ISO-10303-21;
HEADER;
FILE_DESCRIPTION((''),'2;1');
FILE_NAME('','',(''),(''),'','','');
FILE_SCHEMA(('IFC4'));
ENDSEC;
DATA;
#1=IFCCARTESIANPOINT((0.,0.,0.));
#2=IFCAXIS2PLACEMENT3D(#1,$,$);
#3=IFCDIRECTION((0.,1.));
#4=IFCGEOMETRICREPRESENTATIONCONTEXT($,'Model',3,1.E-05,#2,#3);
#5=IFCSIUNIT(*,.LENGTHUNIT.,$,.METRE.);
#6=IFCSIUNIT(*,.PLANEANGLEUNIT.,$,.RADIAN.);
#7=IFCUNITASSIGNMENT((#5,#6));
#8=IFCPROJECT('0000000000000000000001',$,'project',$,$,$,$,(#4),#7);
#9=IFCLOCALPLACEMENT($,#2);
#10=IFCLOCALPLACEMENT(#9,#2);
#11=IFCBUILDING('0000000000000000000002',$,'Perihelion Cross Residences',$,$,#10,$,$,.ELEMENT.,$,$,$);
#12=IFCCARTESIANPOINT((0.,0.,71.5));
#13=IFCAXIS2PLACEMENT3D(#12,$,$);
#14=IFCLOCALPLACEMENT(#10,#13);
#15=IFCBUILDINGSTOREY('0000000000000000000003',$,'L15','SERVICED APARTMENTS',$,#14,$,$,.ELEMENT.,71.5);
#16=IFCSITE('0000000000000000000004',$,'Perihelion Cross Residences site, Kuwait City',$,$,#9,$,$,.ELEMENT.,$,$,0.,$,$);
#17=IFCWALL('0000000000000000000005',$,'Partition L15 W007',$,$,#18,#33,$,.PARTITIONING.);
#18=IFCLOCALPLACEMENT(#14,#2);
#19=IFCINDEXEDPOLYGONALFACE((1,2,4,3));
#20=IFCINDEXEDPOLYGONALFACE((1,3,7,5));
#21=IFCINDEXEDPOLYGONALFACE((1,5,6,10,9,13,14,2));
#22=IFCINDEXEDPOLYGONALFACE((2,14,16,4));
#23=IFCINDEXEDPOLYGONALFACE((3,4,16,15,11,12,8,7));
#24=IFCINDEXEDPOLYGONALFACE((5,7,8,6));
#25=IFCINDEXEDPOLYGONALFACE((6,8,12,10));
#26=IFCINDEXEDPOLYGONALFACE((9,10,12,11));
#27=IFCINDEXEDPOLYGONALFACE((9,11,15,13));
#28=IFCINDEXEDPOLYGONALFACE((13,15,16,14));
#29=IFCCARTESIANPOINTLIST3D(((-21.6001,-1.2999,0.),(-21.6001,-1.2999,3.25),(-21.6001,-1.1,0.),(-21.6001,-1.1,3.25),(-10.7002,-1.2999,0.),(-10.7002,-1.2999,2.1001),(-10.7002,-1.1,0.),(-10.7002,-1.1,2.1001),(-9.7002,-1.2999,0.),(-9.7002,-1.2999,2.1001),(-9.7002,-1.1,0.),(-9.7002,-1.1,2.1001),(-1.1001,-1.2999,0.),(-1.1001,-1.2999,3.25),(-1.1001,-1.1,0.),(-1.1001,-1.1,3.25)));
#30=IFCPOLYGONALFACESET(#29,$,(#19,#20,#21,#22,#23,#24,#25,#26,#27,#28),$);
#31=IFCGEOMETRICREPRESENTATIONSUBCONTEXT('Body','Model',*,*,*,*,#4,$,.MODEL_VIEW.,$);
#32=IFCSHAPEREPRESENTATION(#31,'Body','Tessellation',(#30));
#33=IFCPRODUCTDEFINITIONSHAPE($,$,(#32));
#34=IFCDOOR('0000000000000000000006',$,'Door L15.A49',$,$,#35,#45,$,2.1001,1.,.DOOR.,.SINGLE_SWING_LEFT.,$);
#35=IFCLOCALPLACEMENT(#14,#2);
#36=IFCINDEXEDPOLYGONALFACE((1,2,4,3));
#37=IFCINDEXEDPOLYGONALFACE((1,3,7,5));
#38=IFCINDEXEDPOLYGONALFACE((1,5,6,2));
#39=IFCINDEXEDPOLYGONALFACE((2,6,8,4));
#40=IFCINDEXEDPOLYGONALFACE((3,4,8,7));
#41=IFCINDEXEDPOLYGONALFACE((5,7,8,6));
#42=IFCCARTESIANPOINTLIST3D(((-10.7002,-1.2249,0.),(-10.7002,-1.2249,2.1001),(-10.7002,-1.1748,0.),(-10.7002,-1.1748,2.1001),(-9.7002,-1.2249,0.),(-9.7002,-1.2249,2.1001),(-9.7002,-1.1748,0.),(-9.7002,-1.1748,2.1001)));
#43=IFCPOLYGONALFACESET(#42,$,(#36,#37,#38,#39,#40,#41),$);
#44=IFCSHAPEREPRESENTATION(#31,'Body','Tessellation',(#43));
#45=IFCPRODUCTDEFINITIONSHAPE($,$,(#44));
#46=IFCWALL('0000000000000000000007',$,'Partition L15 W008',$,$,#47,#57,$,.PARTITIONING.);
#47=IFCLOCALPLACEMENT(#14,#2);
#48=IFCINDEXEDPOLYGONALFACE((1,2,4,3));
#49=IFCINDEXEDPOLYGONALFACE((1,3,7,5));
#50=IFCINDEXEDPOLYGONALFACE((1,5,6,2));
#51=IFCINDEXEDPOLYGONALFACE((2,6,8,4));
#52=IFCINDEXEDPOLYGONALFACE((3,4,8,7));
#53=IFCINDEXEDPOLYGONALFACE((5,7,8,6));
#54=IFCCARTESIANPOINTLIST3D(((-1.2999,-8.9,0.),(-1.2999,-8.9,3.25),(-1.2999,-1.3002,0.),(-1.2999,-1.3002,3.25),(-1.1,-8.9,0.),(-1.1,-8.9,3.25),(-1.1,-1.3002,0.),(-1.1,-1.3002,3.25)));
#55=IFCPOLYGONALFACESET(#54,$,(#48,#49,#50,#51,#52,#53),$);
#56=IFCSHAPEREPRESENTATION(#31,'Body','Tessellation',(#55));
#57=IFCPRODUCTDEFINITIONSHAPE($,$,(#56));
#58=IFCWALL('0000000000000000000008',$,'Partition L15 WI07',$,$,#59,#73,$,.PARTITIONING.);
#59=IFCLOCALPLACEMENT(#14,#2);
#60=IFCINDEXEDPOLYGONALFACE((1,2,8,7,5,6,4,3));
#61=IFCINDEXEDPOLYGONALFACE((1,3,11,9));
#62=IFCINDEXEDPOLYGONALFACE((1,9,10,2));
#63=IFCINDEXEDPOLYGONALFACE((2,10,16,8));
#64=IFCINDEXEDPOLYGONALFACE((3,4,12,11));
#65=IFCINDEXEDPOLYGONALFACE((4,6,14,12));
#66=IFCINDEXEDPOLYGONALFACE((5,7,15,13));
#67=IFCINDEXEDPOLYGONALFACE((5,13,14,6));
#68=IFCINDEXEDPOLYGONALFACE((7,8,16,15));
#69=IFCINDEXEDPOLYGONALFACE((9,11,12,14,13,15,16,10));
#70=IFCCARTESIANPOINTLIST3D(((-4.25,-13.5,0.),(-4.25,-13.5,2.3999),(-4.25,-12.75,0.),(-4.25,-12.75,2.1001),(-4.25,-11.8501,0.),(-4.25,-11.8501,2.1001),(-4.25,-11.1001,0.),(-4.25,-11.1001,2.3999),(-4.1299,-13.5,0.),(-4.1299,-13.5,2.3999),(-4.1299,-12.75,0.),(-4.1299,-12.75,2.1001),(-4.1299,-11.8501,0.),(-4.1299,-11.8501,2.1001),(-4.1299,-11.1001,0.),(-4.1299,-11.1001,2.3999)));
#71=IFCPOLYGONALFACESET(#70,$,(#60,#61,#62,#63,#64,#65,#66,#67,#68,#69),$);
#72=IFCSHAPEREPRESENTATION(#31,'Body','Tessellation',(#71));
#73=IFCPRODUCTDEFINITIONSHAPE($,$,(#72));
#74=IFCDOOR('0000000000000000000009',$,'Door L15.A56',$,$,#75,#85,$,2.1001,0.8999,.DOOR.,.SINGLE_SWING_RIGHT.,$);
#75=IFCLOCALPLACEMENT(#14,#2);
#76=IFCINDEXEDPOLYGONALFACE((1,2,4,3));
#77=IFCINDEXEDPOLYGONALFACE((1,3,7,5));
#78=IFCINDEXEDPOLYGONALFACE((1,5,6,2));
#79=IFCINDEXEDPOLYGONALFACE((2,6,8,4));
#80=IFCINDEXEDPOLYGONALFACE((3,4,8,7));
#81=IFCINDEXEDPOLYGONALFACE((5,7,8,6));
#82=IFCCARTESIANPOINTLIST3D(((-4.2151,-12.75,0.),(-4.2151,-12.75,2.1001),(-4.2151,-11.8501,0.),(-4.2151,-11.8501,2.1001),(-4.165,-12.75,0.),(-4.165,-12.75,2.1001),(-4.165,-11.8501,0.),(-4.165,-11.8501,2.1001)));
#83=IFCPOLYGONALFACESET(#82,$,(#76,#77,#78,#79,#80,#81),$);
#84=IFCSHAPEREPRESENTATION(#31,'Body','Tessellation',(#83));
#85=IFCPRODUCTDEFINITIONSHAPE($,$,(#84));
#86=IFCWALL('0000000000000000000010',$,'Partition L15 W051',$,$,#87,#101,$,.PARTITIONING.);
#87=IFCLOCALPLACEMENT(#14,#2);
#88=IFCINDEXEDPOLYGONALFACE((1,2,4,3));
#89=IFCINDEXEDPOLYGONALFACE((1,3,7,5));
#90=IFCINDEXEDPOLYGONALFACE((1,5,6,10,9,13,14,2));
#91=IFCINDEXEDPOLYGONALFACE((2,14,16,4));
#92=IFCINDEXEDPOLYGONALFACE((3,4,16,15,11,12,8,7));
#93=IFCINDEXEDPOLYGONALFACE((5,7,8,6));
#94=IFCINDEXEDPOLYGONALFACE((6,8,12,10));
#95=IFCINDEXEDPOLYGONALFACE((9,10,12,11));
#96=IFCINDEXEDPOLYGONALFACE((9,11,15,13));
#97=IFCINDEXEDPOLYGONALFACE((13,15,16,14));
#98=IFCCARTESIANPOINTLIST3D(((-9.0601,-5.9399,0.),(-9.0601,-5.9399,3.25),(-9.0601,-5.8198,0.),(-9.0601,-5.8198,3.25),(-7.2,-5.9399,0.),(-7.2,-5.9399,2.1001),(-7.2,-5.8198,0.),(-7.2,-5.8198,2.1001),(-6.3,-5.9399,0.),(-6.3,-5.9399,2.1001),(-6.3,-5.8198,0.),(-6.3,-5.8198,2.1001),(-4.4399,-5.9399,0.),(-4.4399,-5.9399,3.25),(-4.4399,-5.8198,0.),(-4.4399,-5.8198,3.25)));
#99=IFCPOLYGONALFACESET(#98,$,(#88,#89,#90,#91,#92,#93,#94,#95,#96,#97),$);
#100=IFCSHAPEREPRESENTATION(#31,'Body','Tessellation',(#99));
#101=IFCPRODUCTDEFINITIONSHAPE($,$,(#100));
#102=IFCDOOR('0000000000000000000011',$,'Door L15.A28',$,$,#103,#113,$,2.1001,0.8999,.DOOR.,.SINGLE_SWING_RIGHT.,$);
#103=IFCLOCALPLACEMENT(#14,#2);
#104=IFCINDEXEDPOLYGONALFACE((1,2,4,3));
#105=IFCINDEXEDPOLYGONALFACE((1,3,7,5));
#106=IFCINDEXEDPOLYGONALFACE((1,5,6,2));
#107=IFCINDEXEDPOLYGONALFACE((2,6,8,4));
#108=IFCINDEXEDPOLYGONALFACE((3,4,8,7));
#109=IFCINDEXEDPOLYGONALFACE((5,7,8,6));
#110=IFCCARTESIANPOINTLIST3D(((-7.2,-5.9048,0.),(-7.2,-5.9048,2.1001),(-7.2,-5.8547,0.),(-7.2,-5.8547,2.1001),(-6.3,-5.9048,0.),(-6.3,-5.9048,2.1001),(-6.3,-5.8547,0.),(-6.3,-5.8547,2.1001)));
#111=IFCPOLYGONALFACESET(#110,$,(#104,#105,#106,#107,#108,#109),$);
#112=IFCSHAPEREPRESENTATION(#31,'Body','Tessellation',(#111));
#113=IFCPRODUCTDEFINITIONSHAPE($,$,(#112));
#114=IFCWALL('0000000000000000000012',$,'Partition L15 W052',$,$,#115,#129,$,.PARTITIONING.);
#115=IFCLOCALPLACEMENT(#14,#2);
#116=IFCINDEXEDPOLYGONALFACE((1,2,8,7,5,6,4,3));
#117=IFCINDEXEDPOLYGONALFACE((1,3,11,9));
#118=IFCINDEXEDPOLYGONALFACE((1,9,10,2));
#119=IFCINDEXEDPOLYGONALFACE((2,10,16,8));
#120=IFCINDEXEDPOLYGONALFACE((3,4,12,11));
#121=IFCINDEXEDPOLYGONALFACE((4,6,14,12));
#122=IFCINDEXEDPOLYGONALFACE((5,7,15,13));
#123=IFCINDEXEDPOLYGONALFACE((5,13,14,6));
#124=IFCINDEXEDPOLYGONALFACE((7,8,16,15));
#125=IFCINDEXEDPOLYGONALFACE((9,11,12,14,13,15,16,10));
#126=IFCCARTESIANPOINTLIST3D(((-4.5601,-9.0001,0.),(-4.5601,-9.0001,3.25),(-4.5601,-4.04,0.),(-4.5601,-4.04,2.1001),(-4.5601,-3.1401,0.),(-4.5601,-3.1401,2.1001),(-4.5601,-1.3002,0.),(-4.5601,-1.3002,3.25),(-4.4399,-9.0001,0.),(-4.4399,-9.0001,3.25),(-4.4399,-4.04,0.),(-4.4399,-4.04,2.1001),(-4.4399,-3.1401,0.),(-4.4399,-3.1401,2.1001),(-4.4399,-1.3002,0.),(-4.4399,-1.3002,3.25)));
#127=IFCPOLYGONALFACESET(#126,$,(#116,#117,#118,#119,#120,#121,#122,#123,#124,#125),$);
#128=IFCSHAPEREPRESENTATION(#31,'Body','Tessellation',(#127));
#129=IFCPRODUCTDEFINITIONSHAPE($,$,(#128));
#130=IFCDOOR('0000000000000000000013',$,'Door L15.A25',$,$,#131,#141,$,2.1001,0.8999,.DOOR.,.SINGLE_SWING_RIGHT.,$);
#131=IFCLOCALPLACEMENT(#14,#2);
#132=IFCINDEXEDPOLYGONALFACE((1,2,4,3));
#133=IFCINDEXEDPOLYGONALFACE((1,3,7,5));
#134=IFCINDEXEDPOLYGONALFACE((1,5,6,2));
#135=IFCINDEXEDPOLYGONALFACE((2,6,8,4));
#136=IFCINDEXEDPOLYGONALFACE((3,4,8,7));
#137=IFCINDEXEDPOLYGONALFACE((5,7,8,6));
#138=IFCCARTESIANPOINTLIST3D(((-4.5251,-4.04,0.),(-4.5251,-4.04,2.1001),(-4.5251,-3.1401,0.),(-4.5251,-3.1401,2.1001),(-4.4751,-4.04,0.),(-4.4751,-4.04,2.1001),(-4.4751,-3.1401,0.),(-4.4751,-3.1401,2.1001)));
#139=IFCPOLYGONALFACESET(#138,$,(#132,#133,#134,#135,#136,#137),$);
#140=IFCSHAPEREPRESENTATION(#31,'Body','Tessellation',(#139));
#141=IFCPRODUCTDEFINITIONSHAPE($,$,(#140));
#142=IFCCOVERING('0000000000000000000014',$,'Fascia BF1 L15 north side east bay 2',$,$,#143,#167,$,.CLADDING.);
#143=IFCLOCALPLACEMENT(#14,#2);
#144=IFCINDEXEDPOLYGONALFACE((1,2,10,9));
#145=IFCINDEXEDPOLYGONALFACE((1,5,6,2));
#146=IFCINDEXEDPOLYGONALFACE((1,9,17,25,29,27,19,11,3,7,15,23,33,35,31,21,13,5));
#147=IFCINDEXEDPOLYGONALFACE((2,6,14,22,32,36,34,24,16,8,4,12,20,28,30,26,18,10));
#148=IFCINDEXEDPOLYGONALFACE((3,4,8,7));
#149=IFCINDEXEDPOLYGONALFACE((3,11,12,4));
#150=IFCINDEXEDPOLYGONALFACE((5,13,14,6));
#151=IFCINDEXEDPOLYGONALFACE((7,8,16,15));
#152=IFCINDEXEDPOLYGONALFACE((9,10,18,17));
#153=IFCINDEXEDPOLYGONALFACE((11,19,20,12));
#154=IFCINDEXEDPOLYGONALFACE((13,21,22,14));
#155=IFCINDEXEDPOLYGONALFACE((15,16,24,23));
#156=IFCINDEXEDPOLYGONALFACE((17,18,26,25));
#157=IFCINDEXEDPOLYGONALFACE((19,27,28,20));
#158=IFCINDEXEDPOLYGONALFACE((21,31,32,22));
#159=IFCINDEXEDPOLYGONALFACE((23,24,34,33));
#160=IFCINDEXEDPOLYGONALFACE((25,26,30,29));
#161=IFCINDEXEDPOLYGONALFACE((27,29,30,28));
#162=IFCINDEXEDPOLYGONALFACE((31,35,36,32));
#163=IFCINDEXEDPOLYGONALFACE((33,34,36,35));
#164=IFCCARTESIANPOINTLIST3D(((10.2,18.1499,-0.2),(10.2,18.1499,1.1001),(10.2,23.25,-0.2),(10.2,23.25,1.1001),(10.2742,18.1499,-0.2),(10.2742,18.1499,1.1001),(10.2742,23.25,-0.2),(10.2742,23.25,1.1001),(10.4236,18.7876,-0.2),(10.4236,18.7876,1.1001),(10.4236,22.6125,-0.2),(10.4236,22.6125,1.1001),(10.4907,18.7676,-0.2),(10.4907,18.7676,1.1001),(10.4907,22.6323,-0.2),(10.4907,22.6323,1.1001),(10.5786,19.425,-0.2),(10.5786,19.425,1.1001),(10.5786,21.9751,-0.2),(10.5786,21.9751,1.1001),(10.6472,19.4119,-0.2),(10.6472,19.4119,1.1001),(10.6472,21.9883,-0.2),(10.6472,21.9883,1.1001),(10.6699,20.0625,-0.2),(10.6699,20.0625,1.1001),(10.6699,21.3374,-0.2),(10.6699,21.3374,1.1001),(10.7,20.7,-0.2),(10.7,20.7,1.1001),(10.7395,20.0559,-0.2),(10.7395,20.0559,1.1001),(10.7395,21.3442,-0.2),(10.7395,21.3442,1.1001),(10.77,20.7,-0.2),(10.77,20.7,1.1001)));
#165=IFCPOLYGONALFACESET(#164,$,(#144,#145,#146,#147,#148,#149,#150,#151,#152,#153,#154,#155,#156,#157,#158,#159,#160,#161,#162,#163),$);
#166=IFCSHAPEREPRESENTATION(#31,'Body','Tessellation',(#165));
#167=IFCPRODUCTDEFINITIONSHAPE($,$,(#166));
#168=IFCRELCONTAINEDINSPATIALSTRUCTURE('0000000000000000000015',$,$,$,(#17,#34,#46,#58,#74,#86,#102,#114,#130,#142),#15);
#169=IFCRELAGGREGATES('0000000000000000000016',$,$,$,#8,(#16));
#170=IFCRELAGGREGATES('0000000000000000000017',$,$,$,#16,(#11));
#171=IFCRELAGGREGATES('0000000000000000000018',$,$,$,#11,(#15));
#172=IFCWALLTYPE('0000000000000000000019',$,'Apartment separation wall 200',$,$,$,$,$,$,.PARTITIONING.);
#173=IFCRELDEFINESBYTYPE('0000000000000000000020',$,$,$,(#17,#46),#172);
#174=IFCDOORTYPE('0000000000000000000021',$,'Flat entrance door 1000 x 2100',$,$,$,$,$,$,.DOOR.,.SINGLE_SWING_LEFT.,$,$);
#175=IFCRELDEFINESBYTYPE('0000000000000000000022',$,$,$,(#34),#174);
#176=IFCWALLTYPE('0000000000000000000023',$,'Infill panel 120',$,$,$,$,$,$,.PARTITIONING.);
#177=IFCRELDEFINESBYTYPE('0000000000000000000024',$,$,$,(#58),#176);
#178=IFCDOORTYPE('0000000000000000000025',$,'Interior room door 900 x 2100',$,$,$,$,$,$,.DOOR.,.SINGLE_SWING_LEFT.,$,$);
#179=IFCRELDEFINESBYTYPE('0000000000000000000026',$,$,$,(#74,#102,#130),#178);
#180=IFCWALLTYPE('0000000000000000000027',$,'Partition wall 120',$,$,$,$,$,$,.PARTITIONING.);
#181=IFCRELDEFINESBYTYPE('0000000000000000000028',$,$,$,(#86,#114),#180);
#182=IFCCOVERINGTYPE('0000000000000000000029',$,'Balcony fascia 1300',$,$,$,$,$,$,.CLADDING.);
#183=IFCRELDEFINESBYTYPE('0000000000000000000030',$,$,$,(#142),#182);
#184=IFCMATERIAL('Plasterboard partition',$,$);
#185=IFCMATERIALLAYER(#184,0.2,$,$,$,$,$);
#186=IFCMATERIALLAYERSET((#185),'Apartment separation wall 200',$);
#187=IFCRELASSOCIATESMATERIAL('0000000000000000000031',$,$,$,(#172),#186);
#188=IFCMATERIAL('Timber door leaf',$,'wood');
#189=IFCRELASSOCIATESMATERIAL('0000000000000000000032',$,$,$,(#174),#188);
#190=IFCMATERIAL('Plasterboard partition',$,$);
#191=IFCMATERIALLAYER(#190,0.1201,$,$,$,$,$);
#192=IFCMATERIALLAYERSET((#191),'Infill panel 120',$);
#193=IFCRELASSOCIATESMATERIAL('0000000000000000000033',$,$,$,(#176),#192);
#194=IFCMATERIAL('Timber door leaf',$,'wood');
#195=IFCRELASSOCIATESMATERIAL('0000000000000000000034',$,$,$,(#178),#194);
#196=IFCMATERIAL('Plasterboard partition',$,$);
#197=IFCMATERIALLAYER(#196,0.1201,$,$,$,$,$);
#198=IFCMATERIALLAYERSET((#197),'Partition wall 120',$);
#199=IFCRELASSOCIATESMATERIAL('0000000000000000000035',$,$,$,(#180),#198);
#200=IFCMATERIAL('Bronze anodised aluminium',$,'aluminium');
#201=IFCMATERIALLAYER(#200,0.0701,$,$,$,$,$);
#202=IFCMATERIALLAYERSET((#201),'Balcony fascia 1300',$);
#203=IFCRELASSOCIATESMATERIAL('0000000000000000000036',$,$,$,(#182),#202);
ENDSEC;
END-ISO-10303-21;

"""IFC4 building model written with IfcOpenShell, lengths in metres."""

from ifc_helpers import new_model, si_unit, direction, frame, frame_2d, origin, place, context, subcontext, project, spatial, polyline, rectangle, outline, extrude, material, layer, layer_set, type_object, element, fill, save


model = new_model("IFC4")

# Units and contexts
model_context = context("Model", 3, precision=1e-05, world=origin(), true_north=direction((0.0, 1.0)))
body_context = subcontext(model_context, "Body", "Model", "MODEL_VIEW")
ifc_project = project(units=[si_unit("LENGTHUNIT", "METRE"), si_unit("PLANEANGLEUNIT", "RADIAN")], contexts=[model_context])

# Site, building, storey
site_placement = place(None, origin())
site = spatial("IfcSite", under=ifc_project, at=site_placement, Name="Perihelion Cross Residences site, Kuwait City", CompositionType="ELEMENT", RefElevation=0.0)
building_placement = place(site_placement, origin())
building = spatial("IfcBuilding", under=site, at=building_placement, Name="Perihelion Cross Residences", CompositionType="ELEMENT")
storey_placement = place(building_placement, frame((0.0, 0.0, 71.5)))
storey = spatial("IfcBuildingStorey", under=building, at=storey_placement, Name="L15", Description="SERVICED APARTMENTS", CompositionType="ELEMENT", Elevation=71.5)

# Wall, opening, door
ifc_material_1 = material(Name="Plasterboard partition")
ifc_layer_1 = layer(ifc_material_1, 0.2)
ifc_layer_set_1 = layer_set([ifc_layer_1], Name="Apartment separation wall 200")
wall_type_1 = type_object("IfcWallType", Name="Apartment separation wall 200", PredefinedType="PARTITIONING", material=ifc_layer_set_1)
wall_1_placement = place(storey_placement, frame((-1.1001, -1.2, 0.0), z_axis=(0.0, 0.0, 1.0), x_axis=(-1.0, 0.0, 0.0)))
wall_1 = element("IfcWall", 1, at=wall_1_placement, inside=storey, type_object=wall_type_1, Name="Partition L15 W007", PredefinedType="PARTITIONING", context=body_context, shape_type="SweptSolid", body=[
    extrude(rectangle(XDim=20.5, YDim=0.2, at=frame_2d((10.25, 0.0))), origin(), (0.0, 0.0, 1.0), 3.25),
])
opening_1_placement = place(wall_1_placement, frame((8.6001, 0.0, 0.0)))
opening_1 = element("IfcOpeningElement", 2, at=opening_1_placement, cuts=wall_1, PredefinedType="OPENING", context=body_context, shape_type="SweptSolid", body=[
    extrude(rectangle(XDim=1.0, YDim=2.1001, at=frame_2d((0.5, 1.05))), frame((0.0, 0.1099, 0.0), z_axis=(0.0, -1.0, 0.0), x_axis=(1.0, 0.0, 0.0)), (0.0, 0.0, 1.0), 0.22),
])
ifc_material_2 = material(Name="Timber door leaf", Category="wood")
door_type_1 = type_object("IfcDoorType", Name="Flat entrance door 1000 x 2100", OperationType="SINGLE_SWING_LEFT", PredefinedType="DOOR", material=ifc_material_2)
door_1_placement = place(opening_1_placement, origin())
door_1 = element("IfcDoor", 3, at=door_1_placement, inside=storey, type_object=door_type_1, Name="Door L15.A49", OperationType="SINGLE_SWING_LEFT", OverallHeight=2.1001, OverallWidth=1.0, PredefinedType="DOOR", context=body_context, shape_type="SweptSolid", body=[
    extrude(rectangle(XDim=1.0, YDim=2.1001, at=frame_2d((0.5, 1.05))), frame((0.0, 0.0249, 0.0), z_axis=(0.0, -1.0, 0.0), x_axis=(1.0, 0.0, 0.0)), (0.0, 0.0, 1.0), 0.05),
])
fill(opening_1, door_1)

# Wall
wall_2_placement = place(storey_placement, frame((-1.2, -8.8999, 0.0), z_axis=(0.0, 0.0, 1.0), x_axis=(0.0, 1.0, 0.0)))
element("IfcWall", 4, at=wall_2_placement, inside=storey, type_object=wall_type_1, Name="Partition L15 W008", PredefinedType="PARTITIONING", context=body_context, shape_type="SweptSolid", body=[
    extrude(rectangle(XDim=7.5999, YDim=0.2, at=frame_2d((3.7998, 0.0))), origin(), (0.0, 0.0, 1.0), 3.25),
])

# Walls, openings, doors
ifc_material_3 = material(Name="Plasterboard partition")
ifc_layer_2 = layer(ifc_material_3, 0.1201)
ifc_layer_set_2 = layer_set([ifc_layer_2], Name="Infill panel 120")
wall_type_2 = type_object("IfcWallType", Name="Infill panel 120", PredefinedType="PARTITIONING", material=ifc_layer_set_2)
wall_3_placement = place(storey_placement, frame((-4.1899, -11.1001, 0.0), z_axis=(0.0, 0.0, 1.0), x_axis=(0.0, -1.0, 0.0)))
wall_3 = element("IfcWall", 5, at=wall_3_placement, inside=storey, type_object=wall_type_2, Name="Partition L15 WI07", PredefinedType="PARTITIONING", context=body_context, shape_type="SweptSolid", body=[
    extrude(rectangle(XDim=2.3999, YDim=0.1201, at=frame_2d((1.2, 0.0))), origin(), (0.0, 0.0, 1.0), 2.3999),
])
opening_2_placement = place(wall_3_placement, frame((0.75, 0.0, 0.0)))
opening_2 = element("IfcOpeningElement", 6, at=opening_2_placement, cuts=wall_3, PredefinedType="OPENING", context=body_context, shape_type="SweptSolid", body=[
    extrude(rectangle(XDim=0.8999, YDim=2.1001, at=frame_2d((0.45, 1.05))), frame((0.0, 0.0701, 0.0), z_axis=(0.0, -1.0, 0.0), x_axis=(1.0, 0.0, 0.0)), (0.0, 0.0, 1.0), 0.1401),
])
ifc_material_4 = material(Name="Timber door leaf", Category="wood")
door_type_2 = type_object("IfcDoorType", Name="Interior room door 900 x 2100", OperationType="SINGLE_SWING_LEFT", PredefinedType="DOOR", material=ifc_material_4)
door_2_placement = place(opening_2_placement, origin())
door_2 = element("IfcDoor", 7, at=door_2_placement, inside=storey, type_object=door_type_2, Name="Door L15.A56", OperationType="SINGLE_SWING_RIGHT", OverallHeight=2.1001, OverallWidth=0.8999, PredefinedType="DOOR", context=body_context, shape_type="SweptSolid", body=[
    extrude(rectangle(XDim=0.8999, YDim=2.1001, at=frame_2d((0.45, 1.05))), frame((0.0, 0.0249, 0.0), z_axis=(0.0, -1.0, 0.0), x_axis=(1.0, 0.0, 0.0)), (0.0, 0.0, 1.0), 0.05),
])
fill(opening_2, door_2)
ifc_material_5 = material(Name="Plasterboard partition")
ifc_layer_3 = layer(ifc_material_5, 0.1201)
ifc_layer_set_3 = layer_set([ifc_layer_3], Name="Partition wall 120")
wall_type_3 = type_object("IfcWallType", Name="Partition wall 120", PredefinedType="PARTITIONING", material=ifc_layer_set_3)
wall_4_placement = place(storey_placement, frame((-4.4399, -5.8799, 0.0), z_axis=(0.0, 0.0, 1.0), x_axis=(-1.0, 0.0, 0.0)))
wall_4 = element("IfcWall", 8, at=wall_4_placement, inside=storey, type_object=wall_type_3, Name="Partition L15 W051", PredefinedType="PARTITIONING", context=body_context, shape_type="SweptSolid", body=[
    extrude(rectangle(XDim=4.6201, YDim=0.1201, at=frame_2d((2.3101, 0.0))), origin(), (0.0, 0.0, 1.0), 3.25),
])
opening_3_placement = place(wall_4_placement, frame((1.8601, 0.0, 0.0)))
opening_3 = element("IfcOpeningElement", 9, at=opening_3_placement, cuts=wall_4, PredefinedType="OPENING", context=body_context, shape_type="SweptSolid", body=[
    extrude(rectangle(XDim=0.8999, YDim=2.1001, at=frame_2d((0.45, 1.05))), frame((0.0, 0.0701, 0.0), z_axis=(0.0, -1.0, 0.0), x_axis=(1.0, 0.0, 0.0)), (0.0, 0.0, 1.0), 0.1401),
])
door_3_placement = place(opening_3_placement, origin())
door_3 = element("IfcDoor", 10, at=door_3_placement, inside=storey, type_object=door_type_2, Name="Door L15.A28", OperationType="SINGLE_SWING_RIGHT", OverallHeight=2.1001, OverallWidth=0.8999, PredefinedType="DOOR", context=body_context, shape_type="SweptSolid", body=[
    extrude(rectangle(XDim=0.8999, YDim=2.1001, at=frame_2d((0.45, 1.05))), frame((0.0, 0.0249, 0.0), z_axis=(0.0, -1.0, 0.0), x_axis=(1.0, 0.0, 0.0)), (0.0, 0.0, 1.0), 0.05),
])
fill(opening_3, door_3)
wall_5_placement = place(storey_placement, frame((-4.5, -1.3, 0.0), z_axis=(0.0, 0.0, 1.0), x_axis=(0.0, -1.0, 0.0)))
wall_5 = element("IfcWall", 11, at=wall_5_placement, inside=storey, type_object=wall_type_3, Name="Partition L15 W052", PredefinedType="PARTITIONING", context=body_context, shape_type="SweptSolid", body=[
    extrude(rectangle(XDim=7.7, YDim=0.1201, at=frame_2d((3.8501, 0.0))), origin(), (0.0, 0.0, 1.0), 3.25),
])
opening_4_placement = place(wall_5_placement, frame((1.8401, 0.0, 0.0)))
opening_4 = element("IfcOpeningElement", 12, at=opening_4_placement, cuts=wall_5, PredefinedType="OPENING", context=body_context, shape_type="SweptSolid", body=[
    extrude(rectangle(XDim=0.8999, YDim=2.1001, at=frame_2d((0.45, 1.05))), frame((0.0, 0.0701, 0.0), z_axis=(0.0, -1.0, 0.0), x_axis=(1.0, 0.0, 0.0)), (0.0, 0.0, 1.0), 0.1401),
])
door_4_placement = place(opening_4_placement, origin())
door_4 = element("IfcDoor", 13, at=door_4_placement, inside=storey, type_object=door_type_2, Name="Door L15.A25", OperationType="SINGLE_SWING_RIGHT", OverallHeight=2.1001, OverallWidth=0.8999, PredefinedType="DOOR", context=body_context, shape_type="SweptSolid", body=[
    extrude(rectangle(XDim=0.8999, YDim=2.1001, at=frame_2d((0.45, 1.05))), frame((0.0, 0.0249, 0.0), z_axis=(0.0, -1.0, 0.0), x_axis=(1.0, 0.0, 0.0)), (0.0, 0.0, 1.0), 0.05),
])
fill(opening_4, door_4)

# Covering
ifc_material_6 = material(Name="Bronze anodised aluminium", Category="aluminium")
ifc_layer_4 = layer(ifc_material_6, 0.0701)
ifc_layer_set_4 = layer_set([ifc_layer_4], Name="Balcony fascia 1300")
covering_type = type_object("IfcCoveringType", Name="Balcony fascia 1300", PredefinedType="CLADDING", material=ifc_layer_set_4)
covering_1_placement = place(storey_placement, frame((0.0, 0.0, -0.2)))
element("IfcCovering", 14, at=covering_1_placement, inside=storey, type_object=covering_type, Name="Fascia BF1 L15 north side east bay 2", PredefinedType="CLADDING", context=body_context, shape_type="SweptSolid", body=[
    extrude(outline(polyline([(10.4907, 18.7676), (10.6472, 19.4119), (10.7395, 20.0559), (10.77, 20.7), (10.7395, 21.3442), (10.6472, 21.9883), (10.4907, 22.6323), (10.2742, 23.25), (10.2, 23.25), (10.4236, 22.6125), (10.5786, 21.9751), (10.6699, 21.3374), (10.7, 20.7), (10.6699, 20.0625), (10.5786, 19.425), (10.4236, 18.7876), (10.2, 18.1499), (10.2742, 18.1499), (10.4907, 18.7676)])), origin(), (0.0, 0.0, 1.0), 1.3),
])

save(model, "model.ifc")
